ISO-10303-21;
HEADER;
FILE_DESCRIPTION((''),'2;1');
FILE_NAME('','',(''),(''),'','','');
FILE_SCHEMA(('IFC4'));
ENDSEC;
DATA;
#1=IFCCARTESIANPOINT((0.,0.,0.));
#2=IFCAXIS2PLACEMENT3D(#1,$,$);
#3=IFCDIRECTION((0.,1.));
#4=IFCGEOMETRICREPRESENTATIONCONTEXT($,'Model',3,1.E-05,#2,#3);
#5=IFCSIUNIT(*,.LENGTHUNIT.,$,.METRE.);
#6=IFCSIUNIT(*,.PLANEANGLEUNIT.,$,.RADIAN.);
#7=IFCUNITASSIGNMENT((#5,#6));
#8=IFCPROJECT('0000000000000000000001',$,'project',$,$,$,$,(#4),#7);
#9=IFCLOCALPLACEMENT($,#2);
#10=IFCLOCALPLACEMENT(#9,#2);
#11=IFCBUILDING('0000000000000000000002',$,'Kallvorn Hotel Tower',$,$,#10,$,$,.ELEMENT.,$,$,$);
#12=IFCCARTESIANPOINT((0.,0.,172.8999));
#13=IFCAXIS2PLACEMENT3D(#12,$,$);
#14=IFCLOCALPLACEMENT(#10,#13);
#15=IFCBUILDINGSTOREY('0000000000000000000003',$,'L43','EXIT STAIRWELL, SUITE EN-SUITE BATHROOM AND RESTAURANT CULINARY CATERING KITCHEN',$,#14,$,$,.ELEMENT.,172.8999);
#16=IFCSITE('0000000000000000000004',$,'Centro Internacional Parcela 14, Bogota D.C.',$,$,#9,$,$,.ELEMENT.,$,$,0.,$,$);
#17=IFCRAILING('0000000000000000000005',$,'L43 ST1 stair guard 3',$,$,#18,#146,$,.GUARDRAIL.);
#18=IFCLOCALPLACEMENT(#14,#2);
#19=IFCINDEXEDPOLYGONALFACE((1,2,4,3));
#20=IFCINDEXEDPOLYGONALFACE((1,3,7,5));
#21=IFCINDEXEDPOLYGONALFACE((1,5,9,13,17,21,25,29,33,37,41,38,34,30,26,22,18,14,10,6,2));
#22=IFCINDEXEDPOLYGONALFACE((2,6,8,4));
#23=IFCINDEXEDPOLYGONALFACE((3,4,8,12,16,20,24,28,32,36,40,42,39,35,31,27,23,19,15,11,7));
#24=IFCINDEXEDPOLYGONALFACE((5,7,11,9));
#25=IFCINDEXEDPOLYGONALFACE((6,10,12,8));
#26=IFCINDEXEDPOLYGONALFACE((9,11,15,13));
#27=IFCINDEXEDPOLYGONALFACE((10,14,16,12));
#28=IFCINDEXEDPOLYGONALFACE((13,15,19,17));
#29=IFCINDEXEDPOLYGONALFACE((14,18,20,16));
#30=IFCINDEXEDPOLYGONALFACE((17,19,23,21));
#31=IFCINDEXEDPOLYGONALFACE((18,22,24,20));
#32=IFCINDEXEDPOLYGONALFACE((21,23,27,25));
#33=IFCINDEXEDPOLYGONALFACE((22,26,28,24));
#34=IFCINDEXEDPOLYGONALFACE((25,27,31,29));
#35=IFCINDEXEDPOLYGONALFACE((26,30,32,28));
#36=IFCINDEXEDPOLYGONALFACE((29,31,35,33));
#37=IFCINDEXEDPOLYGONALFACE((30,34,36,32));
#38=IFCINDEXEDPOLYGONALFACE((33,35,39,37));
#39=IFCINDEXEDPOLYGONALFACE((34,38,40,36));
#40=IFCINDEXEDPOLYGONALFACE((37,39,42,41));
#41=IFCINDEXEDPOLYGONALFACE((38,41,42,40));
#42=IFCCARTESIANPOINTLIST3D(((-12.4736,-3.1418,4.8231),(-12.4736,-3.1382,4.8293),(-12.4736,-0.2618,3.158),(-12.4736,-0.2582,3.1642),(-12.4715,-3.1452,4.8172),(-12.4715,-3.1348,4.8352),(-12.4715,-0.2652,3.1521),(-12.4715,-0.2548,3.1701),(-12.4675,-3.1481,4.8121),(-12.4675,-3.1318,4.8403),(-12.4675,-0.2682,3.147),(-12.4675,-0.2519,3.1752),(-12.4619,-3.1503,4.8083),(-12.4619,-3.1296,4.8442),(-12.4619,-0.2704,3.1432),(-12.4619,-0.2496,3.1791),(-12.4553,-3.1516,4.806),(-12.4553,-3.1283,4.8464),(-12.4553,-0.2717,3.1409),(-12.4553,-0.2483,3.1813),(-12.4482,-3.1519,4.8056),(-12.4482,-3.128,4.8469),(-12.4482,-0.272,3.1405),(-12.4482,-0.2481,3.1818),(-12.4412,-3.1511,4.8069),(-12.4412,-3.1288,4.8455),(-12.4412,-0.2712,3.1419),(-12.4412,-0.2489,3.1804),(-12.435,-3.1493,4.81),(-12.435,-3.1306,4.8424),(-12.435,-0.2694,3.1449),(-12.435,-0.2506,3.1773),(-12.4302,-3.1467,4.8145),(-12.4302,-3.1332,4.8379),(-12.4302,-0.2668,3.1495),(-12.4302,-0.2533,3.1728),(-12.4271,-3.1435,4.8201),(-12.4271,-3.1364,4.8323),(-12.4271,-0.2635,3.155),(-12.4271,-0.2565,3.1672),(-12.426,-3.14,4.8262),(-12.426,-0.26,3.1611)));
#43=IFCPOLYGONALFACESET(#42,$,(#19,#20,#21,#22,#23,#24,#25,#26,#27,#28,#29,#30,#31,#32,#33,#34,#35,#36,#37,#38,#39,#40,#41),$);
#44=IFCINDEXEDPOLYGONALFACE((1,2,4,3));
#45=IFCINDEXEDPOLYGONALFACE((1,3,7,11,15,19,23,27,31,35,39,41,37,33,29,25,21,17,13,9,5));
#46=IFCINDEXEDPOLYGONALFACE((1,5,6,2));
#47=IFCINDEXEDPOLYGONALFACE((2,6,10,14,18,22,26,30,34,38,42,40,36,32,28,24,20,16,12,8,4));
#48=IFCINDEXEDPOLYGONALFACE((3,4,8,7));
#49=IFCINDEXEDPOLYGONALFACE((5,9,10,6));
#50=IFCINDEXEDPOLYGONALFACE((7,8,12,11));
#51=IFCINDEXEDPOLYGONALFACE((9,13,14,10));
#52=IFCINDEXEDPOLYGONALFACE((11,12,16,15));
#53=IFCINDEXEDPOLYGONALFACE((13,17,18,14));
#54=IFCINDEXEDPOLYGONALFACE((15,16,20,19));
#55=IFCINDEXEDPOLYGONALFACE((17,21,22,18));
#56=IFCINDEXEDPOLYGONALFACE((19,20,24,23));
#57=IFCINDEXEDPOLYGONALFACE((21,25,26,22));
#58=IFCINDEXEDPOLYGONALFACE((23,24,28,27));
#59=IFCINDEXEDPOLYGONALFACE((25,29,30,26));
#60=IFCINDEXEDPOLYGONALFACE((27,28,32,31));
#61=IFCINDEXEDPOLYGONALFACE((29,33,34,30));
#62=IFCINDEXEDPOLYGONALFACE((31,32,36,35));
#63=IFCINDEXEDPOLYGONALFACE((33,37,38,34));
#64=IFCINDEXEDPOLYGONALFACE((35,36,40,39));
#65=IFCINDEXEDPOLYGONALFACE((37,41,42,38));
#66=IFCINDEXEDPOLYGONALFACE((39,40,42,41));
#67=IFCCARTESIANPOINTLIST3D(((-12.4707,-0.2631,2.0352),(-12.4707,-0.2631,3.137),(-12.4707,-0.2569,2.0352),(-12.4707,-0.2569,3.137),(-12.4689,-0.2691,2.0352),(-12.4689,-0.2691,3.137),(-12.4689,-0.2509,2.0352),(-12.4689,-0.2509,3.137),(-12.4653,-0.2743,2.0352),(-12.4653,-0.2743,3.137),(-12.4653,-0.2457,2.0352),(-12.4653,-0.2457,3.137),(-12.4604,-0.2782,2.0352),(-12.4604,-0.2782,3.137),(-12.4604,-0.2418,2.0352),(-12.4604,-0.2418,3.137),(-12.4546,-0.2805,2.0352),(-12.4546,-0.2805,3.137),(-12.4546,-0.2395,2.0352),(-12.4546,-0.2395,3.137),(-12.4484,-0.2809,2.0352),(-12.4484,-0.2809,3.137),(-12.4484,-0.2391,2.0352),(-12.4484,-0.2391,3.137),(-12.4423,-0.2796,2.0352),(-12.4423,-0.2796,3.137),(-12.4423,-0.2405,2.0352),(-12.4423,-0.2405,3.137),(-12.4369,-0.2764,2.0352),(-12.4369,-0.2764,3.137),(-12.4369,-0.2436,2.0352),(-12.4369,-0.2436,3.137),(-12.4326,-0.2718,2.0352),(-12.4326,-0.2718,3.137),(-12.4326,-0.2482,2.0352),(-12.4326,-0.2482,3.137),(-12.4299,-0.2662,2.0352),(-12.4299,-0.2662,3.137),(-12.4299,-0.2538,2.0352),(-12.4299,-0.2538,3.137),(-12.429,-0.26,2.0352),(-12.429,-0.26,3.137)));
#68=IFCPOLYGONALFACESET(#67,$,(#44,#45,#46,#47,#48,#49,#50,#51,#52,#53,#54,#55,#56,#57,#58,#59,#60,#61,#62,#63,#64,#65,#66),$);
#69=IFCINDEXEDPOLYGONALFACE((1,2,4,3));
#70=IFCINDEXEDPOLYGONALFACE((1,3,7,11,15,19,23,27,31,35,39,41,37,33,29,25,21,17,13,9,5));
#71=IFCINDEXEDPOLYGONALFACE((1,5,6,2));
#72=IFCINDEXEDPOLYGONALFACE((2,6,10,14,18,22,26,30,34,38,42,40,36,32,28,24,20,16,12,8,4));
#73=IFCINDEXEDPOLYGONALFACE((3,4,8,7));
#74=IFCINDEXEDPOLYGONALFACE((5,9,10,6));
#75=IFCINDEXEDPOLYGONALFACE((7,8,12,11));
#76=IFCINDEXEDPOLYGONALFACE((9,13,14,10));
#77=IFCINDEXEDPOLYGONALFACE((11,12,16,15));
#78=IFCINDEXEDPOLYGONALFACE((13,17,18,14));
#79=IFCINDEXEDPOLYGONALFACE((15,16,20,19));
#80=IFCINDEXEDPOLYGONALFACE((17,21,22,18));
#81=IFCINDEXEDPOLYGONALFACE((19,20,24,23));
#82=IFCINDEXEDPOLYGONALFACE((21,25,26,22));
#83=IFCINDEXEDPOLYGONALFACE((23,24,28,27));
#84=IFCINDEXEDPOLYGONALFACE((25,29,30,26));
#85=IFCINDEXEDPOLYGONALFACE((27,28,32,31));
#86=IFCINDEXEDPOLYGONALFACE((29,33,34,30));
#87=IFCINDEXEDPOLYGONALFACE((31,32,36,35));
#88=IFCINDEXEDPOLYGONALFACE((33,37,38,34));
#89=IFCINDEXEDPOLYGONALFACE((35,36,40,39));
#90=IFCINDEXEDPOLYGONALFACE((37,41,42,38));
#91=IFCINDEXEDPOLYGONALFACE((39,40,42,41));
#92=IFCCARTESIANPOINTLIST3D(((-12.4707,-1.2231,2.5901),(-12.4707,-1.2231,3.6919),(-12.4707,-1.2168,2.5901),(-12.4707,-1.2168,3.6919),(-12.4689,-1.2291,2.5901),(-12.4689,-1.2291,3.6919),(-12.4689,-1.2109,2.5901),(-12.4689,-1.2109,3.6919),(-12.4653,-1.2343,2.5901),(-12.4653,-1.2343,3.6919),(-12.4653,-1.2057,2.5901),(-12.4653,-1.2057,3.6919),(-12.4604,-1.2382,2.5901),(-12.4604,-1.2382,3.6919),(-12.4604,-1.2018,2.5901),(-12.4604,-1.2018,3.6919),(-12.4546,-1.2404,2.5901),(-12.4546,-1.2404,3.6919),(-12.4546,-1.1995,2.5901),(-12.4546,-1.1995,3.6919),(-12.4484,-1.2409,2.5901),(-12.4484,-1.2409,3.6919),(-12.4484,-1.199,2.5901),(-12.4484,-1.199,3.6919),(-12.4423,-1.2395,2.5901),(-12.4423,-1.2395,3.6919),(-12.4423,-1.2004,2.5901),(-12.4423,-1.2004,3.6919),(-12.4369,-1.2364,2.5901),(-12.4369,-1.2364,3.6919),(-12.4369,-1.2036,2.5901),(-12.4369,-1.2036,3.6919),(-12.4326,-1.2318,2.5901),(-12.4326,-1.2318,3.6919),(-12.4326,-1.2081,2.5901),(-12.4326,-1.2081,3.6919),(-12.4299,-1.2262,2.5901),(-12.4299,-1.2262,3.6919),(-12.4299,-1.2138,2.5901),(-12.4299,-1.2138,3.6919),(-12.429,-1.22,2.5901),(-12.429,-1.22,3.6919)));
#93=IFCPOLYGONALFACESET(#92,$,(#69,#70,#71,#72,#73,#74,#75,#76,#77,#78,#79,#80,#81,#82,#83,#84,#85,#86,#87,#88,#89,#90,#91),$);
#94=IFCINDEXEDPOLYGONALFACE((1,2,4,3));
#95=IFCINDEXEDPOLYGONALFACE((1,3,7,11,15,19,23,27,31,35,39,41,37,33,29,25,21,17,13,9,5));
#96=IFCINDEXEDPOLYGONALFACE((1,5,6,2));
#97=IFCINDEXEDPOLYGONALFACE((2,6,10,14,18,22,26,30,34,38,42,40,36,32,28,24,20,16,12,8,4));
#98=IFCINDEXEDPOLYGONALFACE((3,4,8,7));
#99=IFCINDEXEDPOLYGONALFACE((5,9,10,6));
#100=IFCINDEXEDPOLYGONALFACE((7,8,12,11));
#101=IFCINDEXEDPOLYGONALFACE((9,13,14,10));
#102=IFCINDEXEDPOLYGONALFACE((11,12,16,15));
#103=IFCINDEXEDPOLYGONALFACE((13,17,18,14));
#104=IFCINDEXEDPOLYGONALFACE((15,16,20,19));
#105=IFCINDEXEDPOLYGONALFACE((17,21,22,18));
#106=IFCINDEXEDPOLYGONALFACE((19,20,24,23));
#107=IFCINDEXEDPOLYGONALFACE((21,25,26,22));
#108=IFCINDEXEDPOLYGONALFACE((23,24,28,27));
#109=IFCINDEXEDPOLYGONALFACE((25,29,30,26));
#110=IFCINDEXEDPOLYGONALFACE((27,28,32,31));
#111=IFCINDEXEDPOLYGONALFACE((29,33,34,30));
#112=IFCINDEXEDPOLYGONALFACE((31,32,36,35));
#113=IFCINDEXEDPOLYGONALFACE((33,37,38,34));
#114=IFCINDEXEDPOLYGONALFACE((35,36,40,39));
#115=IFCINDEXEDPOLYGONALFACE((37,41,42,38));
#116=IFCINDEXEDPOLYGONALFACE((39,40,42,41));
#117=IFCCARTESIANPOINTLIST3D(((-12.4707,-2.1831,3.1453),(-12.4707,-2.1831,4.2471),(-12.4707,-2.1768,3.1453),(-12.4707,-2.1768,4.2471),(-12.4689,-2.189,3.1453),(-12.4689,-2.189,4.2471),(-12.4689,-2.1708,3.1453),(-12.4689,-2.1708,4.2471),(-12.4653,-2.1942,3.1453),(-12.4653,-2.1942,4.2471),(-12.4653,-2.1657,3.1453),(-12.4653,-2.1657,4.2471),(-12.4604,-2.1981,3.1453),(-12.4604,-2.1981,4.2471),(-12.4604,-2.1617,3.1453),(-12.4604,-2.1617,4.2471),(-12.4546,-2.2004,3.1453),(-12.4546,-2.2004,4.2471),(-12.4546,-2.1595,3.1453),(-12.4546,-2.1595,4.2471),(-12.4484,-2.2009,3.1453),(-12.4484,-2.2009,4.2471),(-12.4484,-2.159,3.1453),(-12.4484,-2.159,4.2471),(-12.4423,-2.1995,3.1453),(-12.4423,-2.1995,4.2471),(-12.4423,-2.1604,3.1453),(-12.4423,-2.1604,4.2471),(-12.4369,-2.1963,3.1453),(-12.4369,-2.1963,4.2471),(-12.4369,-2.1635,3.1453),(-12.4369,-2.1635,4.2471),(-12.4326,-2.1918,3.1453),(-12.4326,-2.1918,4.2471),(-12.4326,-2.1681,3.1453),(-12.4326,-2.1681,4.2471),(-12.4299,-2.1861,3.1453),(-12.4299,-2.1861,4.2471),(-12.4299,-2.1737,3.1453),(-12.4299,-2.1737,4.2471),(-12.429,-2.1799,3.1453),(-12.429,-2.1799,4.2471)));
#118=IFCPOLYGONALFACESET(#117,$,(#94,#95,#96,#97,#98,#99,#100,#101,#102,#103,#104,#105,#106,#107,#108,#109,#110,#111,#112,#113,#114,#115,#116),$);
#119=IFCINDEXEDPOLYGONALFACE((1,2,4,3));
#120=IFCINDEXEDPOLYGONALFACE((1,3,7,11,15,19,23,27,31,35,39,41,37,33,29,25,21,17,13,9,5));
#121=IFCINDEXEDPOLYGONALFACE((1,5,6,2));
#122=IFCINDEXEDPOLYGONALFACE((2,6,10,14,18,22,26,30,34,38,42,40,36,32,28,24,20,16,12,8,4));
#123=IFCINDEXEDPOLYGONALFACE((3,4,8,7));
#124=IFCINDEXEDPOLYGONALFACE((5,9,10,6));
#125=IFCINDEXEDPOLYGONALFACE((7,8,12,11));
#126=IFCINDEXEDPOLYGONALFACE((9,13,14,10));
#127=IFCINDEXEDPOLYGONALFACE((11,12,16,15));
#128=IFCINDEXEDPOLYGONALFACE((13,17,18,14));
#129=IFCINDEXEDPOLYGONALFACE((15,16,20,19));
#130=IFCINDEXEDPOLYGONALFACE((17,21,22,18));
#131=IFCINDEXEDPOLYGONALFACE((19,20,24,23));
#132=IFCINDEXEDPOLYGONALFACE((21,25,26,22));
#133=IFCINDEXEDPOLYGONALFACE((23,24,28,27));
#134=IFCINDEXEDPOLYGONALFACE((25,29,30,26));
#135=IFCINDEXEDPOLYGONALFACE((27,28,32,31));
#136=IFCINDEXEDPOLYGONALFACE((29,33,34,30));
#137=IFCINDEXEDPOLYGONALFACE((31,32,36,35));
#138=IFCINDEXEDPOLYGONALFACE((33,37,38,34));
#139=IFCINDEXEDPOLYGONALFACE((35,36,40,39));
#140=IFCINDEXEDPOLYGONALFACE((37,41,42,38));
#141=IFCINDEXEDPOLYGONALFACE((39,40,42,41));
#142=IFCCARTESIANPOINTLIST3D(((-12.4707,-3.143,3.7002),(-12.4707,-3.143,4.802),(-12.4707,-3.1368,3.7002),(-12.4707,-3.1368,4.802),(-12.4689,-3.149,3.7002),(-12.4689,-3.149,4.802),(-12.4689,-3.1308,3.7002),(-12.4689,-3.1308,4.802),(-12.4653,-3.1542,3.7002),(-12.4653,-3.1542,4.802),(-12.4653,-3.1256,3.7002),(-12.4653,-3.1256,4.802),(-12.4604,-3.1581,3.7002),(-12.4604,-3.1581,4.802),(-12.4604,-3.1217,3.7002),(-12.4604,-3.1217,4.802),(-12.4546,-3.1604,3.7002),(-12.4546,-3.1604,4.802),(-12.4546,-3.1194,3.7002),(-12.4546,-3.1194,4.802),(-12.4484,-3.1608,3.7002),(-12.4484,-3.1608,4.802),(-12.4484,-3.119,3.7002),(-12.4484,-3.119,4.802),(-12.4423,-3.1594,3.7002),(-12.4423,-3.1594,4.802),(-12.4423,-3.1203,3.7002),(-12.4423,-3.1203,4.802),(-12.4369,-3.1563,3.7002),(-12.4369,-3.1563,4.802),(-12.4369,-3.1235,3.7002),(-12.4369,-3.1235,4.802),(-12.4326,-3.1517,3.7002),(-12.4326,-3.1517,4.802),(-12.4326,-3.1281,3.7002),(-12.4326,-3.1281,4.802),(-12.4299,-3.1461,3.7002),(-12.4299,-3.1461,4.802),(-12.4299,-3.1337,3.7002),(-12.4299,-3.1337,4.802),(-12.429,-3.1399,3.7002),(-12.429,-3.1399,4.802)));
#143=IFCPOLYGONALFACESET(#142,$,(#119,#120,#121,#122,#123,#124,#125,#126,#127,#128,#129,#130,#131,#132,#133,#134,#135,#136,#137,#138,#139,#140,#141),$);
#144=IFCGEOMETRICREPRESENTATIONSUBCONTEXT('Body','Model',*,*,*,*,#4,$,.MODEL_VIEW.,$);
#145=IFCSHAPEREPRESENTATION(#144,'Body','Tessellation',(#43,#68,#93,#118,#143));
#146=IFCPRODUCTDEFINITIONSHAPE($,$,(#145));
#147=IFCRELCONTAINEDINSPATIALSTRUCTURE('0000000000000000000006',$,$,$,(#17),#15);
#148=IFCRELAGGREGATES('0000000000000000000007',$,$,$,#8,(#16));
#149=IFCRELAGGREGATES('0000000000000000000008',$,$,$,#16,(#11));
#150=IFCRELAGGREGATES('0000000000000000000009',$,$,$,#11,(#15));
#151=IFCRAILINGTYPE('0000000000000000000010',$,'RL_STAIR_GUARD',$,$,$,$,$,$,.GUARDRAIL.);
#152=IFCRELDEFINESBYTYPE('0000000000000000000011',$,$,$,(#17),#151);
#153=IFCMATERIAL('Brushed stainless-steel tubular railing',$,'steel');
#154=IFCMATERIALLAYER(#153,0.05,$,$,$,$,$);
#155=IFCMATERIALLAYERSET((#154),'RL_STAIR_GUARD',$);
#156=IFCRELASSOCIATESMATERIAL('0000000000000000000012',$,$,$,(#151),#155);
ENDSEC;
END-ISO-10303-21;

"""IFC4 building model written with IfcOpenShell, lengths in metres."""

from ifc_helpers import new_model, si_unit, direction, frame, origin, origin_2d, place, context, subcontext, project, spatial, circle, extrude, material, layer, layer_set, type_object, element, save


model = new_model("IFC4")

# Units and contexts
model_context = context("Model", 3, precision=1e-05, world=origin(), true_north=direction((0.0, 1.0)))
body_context = subcontext(model_context, "Body", "Model", "MODEL_VIEW")
ifc_project = project(units=[si_unit("LENGTHUNIT", "METRE"), si_unit("PLANEANGLEUNIT", "RADIAN")], contexts=[model_context])

# Site, building, storey
site_placement = place(None, origin())
site = spatial("IfcSite", under=ifc_project, at=site_placement, Name="Centro Internacional Parcela 14, Bogota D.C.", CompositionType="ELEMENT", RefElevation=0.0)
building_placement = place(site_placement, origin())
building = spatial("IfcBuilding", under=site, at=building_placement, Name="Kallvorn Hotel Tower", CompositionType="ELEMENT")
storey_placement = place(building_placement, frame((0.0, 0.0, 172.8999)))
storey = spatial("IfcBuildingStorey", under=building, at=storey_placement, Name="L43", Description="EXIT STAIRWELL, SUITE EN-SUITE BATHROOM AND RESTAURANT CULINARY CATERING KITCHEN", CompositionType="ELEMENT", Elevation=172.8999)

# Railing
ifc_material_1 = material(Name="Brushed stainless-steel tubular railing", Category="steel")
ifc_layer_1 = layer(ifc_material_1, 0.05)
ifc_layer_set_1 = layer_set([ifc_layer_1], Name="RL_STAIR_GUARD")
railing_type_1 = type_object("IfcRailingType", Name="RL_STAIR_GUARD", PredefinedType="GUARDRAIL", material=ifc_layer_set_1)
railing_1_placement = place(storey_placement, frame((-12.45, -0.26, 2.0352)))
element("IfcRailing", 1, at=railing_1_placement, inside=storey, type_object=railing_type_1, Name="L43 ST1 stair guard 3", PredefinedType="GUARDRAIL", context=body_context, shape_type="SweptSolid", body=[
    extrude(circle(Radius=0.0239, at=origin_2d()), frame((0.0, 0.0, 1.126), z_axis=(0.0, -0.865721, 0.500527), x_axis=(1.0, 0.0, 0.0)), (0.0, 0.0, 1.0), 3.3267),
    extrude(circle(Radius=0.021, at=origin_2d()), origin(), (0.0, 0.0, 1.0), 1.1018),
    extrude(circle(Radius=0.021, at=origin_2d()), frame((0.0, -0.96, 0.5549)), (0.0, 0.0, 1.0), 1.1018),
    extrude(circle(Radius=0.021, at=origin_2d()), frame((0.0, -1.9199, 1.1101)), (0.0, 0.0, 1.0), 1.1018),
    extrude(circle(Radius=0.021, at=origin_2d()), frame((0.0, -2.8799, 1.665)), (0.0, 0.0, 1.0), 1.1018),
])

save(model, "model.ifc")
